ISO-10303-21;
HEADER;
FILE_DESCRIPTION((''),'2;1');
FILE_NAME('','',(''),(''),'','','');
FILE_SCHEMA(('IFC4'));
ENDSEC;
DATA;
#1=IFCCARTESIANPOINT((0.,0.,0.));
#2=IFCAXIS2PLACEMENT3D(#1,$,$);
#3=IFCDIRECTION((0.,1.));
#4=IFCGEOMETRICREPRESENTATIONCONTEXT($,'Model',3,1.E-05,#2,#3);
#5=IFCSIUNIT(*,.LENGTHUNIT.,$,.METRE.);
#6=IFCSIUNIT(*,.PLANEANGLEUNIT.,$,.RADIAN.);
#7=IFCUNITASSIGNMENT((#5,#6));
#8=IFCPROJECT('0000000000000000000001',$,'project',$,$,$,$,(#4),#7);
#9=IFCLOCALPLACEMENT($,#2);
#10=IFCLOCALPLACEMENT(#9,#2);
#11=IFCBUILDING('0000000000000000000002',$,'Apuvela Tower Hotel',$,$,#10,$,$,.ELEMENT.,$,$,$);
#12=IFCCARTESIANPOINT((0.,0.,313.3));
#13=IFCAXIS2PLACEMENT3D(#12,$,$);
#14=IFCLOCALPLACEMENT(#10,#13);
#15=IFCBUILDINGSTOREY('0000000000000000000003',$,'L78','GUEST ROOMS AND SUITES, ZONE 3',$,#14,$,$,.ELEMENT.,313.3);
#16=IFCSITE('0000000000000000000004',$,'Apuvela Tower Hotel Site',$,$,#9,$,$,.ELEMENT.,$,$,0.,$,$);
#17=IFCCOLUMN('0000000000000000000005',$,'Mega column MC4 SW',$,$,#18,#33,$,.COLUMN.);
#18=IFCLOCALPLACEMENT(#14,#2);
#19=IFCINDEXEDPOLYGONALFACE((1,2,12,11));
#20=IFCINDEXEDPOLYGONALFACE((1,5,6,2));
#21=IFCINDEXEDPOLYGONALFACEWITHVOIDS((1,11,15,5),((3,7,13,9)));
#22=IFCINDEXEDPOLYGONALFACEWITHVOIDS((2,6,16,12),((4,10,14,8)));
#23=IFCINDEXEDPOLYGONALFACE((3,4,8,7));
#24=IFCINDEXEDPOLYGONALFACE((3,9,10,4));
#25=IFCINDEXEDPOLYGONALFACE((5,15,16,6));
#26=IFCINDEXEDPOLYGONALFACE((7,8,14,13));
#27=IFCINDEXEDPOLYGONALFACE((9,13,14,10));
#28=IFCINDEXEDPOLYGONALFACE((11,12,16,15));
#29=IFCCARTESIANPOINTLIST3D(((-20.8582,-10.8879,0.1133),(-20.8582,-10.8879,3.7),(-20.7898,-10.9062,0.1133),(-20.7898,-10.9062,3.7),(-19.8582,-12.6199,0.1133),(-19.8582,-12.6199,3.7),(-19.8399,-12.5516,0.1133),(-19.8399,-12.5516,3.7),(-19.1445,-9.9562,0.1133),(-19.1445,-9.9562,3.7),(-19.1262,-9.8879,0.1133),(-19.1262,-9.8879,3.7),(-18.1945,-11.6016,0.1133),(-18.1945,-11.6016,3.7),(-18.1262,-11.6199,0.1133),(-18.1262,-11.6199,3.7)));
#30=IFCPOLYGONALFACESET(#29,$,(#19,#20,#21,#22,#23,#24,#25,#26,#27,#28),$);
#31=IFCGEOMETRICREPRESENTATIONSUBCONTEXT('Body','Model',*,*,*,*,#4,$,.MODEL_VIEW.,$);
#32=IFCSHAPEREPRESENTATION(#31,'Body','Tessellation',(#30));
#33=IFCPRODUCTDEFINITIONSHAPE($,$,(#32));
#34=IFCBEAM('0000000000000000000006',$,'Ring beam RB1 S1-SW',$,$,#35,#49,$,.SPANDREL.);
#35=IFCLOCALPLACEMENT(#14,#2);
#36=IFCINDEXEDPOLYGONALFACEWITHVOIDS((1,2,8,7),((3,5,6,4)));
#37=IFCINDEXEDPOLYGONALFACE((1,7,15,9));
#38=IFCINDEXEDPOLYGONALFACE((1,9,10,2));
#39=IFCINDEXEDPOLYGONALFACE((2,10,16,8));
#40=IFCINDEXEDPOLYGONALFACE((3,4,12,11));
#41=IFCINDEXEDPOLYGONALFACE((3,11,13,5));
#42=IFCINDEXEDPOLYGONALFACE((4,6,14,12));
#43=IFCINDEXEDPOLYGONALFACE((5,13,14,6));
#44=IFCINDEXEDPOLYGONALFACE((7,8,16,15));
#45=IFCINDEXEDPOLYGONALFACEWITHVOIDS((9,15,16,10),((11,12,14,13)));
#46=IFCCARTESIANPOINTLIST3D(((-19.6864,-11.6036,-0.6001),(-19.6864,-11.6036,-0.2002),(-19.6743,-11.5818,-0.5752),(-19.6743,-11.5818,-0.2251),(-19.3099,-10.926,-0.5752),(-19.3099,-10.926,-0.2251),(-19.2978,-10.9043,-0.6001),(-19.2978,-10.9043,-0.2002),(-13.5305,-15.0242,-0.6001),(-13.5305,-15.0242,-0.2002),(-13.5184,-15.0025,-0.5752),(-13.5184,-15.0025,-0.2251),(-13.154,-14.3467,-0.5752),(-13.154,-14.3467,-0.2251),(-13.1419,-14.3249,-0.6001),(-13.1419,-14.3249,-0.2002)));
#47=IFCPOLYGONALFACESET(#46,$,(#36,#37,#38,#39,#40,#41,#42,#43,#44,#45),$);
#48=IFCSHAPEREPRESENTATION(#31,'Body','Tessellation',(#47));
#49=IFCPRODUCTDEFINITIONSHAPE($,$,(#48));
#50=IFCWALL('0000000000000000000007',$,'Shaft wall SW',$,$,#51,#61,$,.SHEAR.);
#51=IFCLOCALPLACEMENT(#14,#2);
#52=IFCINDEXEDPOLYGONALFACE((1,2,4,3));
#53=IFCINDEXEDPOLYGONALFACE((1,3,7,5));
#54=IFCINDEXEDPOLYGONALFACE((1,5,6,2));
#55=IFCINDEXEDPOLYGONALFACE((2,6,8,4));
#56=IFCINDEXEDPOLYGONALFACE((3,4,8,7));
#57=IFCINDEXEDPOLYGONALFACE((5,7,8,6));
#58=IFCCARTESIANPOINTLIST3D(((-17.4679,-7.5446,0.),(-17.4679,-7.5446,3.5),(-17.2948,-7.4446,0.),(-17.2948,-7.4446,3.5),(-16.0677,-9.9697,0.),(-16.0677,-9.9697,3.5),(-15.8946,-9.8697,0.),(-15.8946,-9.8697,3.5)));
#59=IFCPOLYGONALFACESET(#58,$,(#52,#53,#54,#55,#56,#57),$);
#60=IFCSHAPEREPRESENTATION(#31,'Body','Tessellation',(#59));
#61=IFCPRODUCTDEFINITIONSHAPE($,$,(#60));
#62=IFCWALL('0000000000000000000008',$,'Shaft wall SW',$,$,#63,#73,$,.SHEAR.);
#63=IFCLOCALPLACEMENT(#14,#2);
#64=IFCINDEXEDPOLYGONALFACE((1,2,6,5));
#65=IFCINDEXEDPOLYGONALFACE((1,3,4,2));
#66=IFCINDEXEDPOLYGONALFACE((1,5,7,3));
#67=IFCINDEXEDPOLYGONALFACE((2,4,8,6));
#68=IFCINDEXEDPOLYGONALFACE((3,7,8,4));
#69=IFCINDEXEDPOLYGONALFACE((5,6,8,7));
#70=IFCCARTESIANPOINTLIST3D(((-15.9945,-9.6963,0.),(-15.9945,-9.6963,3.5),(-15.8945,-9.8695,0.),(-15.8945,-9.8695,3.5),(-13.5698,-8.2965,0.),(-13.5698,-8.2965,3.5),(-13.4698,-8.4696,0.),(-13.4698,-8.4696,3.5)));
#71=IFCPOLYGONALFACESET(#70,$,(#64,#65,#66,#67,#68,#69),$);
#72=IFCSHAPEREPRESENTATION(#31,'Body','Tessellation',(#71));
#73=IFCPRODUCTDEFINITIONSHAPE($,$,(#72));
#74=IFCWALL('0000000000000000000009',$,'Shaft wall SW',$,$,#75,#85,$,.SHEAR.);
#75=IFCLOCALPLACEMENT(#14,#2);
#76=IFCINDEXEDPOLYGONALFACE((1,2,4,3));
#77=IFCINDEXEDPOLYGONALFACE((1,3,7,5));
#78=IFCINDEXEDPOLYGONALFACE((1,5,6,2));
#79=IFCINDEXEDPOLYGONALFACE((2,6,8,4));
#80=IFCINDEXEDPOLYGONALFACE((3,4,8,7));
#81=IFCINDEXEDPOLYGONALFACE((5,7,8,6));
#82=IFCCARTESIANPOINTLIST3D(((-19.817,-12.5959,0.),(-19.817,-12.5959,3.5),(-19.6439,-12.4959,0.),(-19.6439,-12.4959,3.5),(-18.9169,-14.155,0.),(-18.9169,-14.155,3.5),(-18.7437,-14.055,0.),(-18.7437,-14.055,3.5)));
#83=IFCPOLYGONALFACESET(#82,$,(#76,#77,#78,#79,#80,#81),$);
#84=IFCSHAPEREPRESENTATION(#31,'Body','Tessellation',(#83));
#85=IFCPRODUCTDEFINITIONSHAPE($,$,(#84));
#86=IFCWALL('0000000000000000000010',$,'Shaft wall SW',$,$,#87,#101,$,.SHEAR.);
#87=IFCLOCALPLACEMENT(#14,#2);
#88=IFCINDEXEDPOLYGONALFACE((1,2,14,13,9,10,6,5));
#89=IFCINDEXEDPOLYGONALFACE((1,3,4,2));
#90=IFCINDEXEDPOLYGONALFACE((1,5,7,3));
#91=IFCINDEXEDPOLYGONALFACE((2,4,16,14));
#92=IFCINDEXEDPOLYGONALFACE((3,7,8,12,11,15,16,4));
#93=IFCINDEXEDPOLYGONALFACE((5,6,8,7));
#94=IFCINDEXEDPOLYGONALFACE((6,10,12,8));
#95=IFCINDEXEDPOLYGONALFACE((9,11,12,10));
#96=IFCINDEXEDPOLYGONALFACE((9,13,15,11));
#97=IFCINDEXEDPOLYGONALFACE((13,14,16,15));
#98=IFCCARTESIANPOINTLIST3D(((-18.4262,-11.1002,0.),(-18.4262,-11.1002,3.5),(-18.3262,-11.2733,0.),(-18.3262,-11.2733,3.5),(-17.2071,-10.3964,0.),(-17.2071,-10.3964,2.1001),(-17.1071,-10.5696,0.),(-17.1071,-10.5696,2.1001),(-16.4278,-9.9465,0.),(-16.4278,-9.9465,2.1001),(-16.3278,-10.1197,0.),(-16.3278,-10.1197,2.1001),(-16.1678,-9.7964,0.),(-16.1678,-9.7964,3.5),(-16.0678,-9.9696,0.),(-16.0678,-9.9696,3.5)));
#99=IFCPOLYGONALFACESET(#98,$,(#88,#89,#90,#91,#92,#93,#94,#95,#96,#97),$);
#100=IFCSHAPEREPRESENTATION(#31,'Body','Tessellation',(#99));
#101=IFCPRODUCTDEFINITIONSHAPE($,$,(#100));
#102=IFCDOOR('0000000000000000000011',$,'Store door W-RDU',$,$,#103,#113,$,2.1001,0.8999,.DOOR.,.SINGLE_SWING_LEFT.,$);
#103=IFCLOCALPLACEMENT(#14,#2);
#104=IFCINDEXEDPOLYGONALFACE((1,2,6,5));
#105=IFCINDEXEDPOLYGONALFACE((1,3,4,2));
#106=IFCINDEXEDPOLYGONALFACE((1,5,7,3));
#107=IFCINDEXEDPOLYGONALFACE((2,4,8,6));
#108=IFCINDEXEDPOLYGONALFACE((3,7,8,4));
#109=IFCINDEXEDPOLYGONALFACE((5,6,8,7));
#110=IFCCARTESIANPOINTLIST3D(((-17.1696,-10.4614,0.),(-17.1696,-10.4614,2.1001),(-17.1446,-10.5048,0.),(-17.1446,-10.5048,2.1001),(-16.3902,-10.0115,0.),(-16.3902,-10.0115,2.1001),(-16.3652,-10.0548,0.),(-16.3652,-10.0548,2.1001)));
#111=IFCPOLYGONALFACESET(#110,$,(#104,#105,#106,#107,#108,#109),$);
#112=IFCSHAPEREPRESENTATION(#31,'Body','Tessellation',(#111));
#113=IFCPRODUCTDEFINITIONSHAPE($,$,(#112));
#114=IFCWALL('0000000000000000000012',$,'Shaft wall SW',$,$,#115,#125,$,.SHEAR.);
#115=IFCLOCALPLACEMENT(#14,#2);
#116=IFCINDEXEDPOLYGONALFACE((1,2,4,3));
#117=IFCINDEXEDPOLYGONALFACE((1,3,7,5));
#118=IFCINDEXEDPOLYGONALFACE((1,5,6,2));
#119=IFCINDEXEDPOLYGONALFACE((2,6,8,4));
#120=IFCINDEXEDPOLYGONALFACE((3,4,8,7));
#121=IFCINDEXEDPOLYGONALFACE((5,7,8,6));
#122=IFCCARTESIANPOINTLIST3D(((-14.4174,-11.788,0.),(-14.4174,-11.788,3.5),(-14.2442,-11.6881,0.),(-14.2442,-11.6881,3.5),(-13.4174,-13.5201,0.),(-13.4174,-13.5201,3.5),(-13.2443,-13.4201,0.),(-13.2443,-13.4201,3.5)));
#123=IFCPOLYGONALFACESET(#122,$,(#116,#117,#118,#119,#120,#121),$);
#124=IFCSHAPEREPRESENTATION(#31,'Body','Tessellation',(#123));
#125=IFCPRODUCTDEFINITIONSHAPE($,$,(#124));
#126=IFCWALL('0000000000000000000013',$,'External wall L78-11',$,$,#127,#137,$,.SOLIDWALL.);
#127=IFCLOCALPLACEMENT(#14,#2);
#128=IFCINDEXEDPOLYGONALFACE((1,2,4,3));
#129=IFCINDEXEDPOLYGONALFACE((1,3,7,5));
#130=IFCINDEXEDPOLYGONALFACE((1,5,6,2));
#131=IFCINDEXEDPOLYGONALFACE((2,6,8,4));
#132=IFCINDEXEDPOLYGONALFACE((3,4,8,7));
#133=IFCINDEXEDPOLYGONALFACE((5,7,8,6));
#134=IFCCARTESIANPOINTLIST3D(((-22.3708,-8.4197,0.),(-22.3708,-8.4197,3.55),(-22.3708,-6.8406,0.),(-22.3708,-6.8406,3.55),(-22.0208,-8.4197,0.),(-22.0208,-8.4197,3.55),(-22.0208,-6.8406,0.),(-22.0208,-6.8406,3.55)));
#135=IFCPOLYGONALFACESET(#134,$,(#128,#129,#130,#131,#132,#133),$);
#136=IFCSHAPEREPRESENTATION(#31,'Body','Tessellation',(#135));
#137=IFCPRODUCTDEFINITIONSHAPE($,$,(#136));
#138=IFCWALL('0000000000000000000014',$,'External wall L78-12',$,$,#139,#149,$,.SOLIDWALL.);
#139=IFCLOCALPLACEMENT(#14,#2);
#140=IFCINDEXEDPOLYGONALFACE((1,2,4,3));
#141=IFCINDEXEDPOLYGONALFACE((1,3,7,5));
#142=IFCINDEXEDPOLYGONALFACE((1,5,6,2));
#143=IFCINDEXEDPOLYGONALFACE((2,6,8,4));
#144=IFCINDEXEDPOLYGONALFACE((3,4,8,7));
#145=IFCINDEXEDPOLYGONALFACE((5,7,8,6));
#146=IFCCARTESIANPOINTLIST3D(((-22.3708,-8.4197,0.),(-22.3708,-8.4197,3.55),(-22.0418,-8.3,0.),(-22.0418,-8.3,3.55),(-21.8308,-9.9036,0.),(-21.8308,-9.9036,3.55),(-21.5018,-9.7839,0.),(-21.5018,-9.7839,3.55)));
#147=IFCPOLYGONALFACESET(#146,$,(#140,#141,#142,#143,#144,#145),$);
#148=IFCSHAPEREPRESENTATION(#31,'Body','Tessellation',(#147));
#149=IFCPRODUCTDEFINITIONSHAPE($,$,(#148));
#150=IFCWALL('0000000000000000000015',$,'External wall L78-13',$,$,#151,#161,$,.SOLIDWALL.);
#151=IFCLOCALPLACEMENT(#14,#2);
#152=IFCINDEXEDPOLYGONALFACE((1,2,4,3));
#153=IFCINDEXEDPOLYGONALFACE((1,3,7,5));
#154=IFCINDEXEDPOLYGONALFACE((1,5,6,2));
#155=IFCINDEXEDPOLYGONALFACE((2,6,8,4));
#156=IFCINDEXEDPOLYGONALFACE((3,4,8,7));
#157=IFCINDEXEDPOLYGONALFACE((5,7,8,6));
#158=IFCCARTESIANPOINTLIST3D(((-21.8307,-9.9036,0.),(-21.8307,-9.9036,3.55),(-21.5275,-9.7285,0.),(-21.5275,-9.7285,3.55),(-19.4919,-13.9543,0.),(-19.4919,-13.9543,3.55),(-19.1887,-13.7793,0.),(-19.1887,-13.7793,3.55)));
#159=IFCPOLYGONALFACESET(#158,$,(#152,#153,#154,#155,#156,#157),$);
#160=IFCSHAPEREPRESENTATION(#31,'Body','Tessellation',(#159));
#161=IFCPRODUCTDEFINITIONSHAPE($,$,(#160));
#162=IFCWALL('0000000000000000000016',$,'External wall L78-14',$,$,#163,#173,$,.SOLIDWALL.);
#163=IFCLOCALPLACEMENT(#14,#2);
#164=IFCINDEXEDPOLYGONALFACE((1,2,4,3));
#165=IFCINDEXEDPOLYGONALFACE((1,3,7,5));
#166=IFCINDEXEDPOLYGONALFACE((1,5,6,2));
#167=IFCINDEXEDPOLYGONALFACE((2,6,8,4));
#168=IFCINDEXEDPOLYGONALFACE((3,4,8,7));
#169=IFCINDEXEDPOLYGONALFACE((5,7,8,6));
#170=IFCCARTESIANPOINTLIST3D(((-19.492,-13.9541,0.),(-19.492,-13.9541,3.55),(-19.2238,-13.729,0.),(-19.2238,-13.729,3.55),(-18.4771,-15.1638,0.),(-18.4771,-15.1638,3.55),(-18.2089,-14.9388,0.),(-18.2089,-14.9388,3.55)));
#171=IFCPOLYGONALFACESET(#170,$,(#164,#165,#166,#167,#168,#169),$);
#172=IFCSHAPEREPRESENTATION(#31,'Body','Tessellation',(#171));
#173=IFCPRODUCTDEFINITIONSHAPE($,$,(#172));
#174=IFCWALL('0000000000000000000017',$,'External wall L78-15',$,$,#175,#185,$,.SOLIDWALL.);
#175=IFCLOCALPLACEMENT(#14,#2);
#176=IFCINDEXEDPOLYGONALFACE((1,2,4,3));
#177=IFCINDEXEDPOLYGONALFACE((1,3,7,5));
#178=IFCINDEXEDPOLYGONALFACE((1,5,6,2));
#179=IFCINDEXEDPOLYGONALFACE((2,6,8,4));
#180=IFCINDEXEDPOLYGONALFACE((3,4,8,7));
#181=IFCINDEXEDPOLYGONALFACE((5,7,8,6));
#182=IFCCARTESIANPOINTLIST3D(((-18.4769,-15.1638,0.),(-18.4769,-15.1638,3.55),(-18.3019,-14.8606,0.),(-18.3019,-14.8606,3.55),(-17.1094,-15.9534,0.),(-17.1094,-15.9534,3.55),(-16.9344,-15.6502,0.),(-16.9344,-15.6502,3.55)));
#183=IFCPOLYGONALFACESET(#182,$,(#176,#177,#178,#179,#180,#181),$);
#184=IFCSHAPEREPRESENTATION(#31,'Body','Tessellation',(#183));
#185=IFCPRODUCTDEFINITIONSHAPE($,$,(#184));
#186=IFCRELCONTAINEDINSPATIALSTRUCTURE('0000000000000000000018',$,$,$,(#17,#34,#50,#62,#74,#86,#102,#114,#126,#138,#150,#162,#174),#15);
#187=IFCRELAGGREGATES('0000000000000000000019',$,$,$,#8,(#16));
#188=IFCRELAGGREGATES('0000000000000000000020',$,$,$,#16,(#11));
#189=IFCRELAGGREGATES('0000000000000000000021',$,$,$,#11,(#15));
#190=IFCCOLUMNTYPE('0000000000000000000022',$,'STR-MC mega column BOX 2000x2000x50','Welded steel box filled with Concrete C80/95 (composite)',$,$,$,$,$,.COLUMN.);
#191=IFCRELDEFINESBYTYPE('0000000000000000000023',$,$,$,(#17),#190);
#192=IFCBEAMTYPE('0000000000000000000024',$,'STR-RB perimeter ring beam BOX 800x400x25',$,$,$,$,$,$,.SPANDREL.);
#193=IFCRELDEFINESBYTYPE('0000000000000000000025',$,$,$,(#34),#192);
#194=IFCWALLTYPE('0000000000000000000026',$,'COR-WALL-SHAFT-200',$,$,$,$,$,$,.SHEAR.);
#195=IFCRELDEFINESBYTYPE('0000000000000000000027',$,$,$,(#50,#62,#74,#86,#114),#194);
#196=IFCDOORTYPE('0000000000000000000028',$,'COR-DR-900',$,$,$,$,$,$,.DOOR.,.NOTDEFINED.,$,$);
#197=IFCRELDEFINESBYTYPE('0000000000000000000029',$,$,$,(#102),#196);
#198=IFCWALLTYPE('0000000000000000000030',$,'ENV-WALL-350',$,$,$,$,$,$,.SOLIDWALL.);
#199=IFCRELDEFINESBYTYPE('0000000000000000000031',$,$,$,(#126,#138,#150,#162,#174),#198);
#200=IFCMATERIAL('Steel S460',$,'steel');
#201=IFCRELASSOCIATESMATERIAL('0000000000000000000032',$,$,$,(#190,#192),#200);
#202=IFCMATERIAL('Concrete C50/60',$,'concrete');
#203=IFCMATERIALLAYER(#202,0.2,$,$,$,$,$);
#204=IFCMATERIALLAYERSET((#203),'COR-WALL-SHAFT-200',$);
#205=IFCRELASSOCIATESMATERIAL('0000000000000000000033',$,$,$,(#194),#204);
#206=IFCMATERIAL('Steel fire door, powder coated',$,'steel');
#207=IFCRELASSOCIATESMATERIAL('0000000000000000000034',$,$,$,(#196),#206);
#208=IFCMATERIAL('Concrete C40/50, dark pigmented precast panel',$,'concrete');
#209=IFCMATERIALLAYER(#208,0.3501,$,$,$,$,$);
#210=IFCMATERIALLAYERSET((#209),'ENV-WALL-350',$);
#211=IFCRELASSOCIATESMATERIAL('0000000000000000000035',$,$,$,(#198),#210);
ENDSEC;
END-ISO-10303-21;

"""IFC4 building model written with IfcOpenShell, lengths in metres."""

from ifc_helpers import new_model, si_unit, direction, frame, frame_2d, origin, origin_2d, place, context, subcontext, project, spatial, rectangle, hollow_rectangle, extrude, boolean, halfspace, material, layer, layer_set, material_profile, profile_set, type_object, element, fill, save


model = new_model("IFC4")

# Units and contexts
model_context = context("Model", 3, precision=1e-05, world=origin(), true_north=direction((0.0, 1.0)))
body_context = subcontext(model_context, "Body", "Model", "MODEL_VIEW")
ifc_project = project(units=[si_unit("LENGTHUNIT", "METRE"), si_unit("PLANEANGLEUNIT", "RADIAN")], contexts=[model_context])

# Site, building, storey
site_placement = place(None, origin())
site = spatial("IfcSite", under=ifc_project, at=site_placement, Name="Apuvela Tower Hotel Site", CompositionType="ELEMENT", RefElevation=0.0)
building_placement = place(site_placement, origin())
building = spatial("IfcBuilding", under=site, at=building_placement, Name="Apuvela Tower Hotel", CompositionType="ELEMENT")
storey_placement = place(building_placement, frame((0.0, 0.0, 313.3)))
storey = spatial("IfcBuildingStorey", under=building, at=storey_placement, Name="L78", Description="GUEST ROOMS AND SUITES, ZONE 3", CompositionType="ELEMENT", Elevation=313.3)

# Column
ifc_material_1 = material(Name="Steel S460", Category="steel")
ifc_material_profile_1 = material_profile(ifc_material_1, hollow_rectangle(XDim=2.0, YDim=2.0, WallThickness=0.05, at=origin_2d()), Name="BOX 2000x2000x50")
ifc_material_2 = material(Name="Concrete C80/95", Category="concrete")
ifc_material_profile_2 = material_profile(ifc_material_2, rectangle(XDim=1.8999, YDim=1.8999, at=origin_2d()), Name="Concrete C80/95 infill")
ifc_profile_set_1 = profile_set([ifc_material_profile_1, ifc_material_profile_2], Name="Steel S460")
column_type = type_object("IfcColumnType", Name="STR-MC mega column BOX 2000x2000x50", Description="Welded steel box filled with Concrete C80/95 (composite)", PredefinedType="COLUMN", material=ifc_profile_set_1)
column_placement = place(storey_placement, frame((-19.4922, -11.2539, 0.0), z_axis=(0.0, 0.0, 1.0), x_axis=(-0.5, 0.866025, 0.0)))
element("IfcColumn", 1, at=column_placement, inside=storey, type_object=column_type, Name="Mega column MC4 SW", PredefinedType="COLUMN", context=body_context, shape_type="SweptSolid", body=[
    boolean("DIFFERENCE", extrude(hollow_rectangle(XDim=2.0, YDim=2.0, WallThickness=0.05, at=origin_2d()), origin(), (0.0, 0.0, 1.0), 3.7), halfspace(frame((0.0, 0.0, 0.1133), z_axis=(0.0, 0.0, 1.0), x_axis=(1.0, 0.0, 0.0)), True)),
])

# Beam
ifc_material_profile_3 = material_profile(ifc_material_1, hollow_rectangle(XDim=0.8, YDim=0.3999, WallThickness=0.0249, at=origin_2d()), Name="BOX 800x400x25")
ifc_profile_set_2 = profile_set([ifc_material_profile_3], Name="Steel S460")
beam_type = type_object("IfcBeamType", Name="STR-RB perimeter ring beam BOX 800x400x25", PredefinedType="SPANDREL", material=ifc_profile_set_2)
beam_placement = place(storey_placement, frame((-13.3362, -14.6746, -0.4001), z_axis=(-0.874118, 0.485714, 0.0), x_axis=(-0.485714, -0.874118, 0.0)))
element("IfcBeam", 2, at=beam_placement, inside=storey, type_object=beam_type, Name="Ring beam RB1 S1-SW", PredefinedType="SPANDREL", context=body_context, shape_type="SweptSolid", body=[
    extrude(hollow_rectangle(XDim=0.8, YDim=0.3999, WallThickness=0.0249, at=origin_2d()), origin(), (0.0, 0.0, 1.0), 7.0425),
])

# Walls
ifc_material_3 = material(Name="Concrete C50/60", Category="concrete")
ifc_layer_1 = layer(ifc_material_3, 0.2)
ifc_layer_set_1 = layer_set([ifc_layer_1], Name="COR-WALL-SHAFT-200")
wall_type_1 = type_object("IfcWallType", Name="COR-WALL-SHAFT-200", PredefinedType="SHEAR", material=ifc_layer_set_1)
wall_1_placement = place(storey_placement, frame((-17.3813, -7.4946, 0.0), z_axis=(0.0, 0.0, 1.0), x_axis=(0.500012, -0.866019, 0.0)))
element("IfcWall", 3, at=wall_1_placement, inside=storey, type_object=wall_type_1, Name="Shaft wall SW", PredefinedType="SHEAR", context=body_context, shape_type="SweptSolid", body=[
    extrude(rectangle(XDim=2.8003, YDim=0.2, at=frame_2d((1.4001, 0.0))), origin(), (0.0, 0.0, 1.0), 3.5),
])
wall_2_placement = place(storey_placement, frame((-13.5198, -8.3831, 0.0), z_axis=(0.0, 0.0, 1.0), x_axis=(-0.866035, -0.499984, 0.0)))
element("IfcWall", 4, at=wall_2_placement, inside=storey, type_object=wall_type_1, Name="Shaft wall SW", PredefinedType="SHEAR", context=body_context, shape_type="SweptSolid", body=[
    extrude(rectangle(XDim=2.7998, YDim=0.2, at=frame_2d((1.3999, 0.0))), origin(), (0.0, 0.0, 1.0), 3.5),
])
wall_3_placement = place(storey_placement, frame((-19.7305, -12.5459, 0.0), z_axis=(0.0, 0.0, 1.0), x_axis=(0.500004, -0.866023, 0.0)))
element("IfcWall", 5, at=wall_3_placement, inside=storey, type_object=wall_type_1, Name="Shaft wall SW", PredefinedType="SHEAR", context=body_context, shape_type="SweptSolid", body=[
    extrude(rectangle(XDim=1.8003, YDim=0.2, at=frame_2d((0.9001, 0.0))), origin(), (0.0, 0.0, 1.0), 3.5),
])

# Wall, opening, door
wall_4_placement = place(storey_placement, frame((-16.1179, -9.8831, 0.0), z_axis=(0.0, 0.0, 1.0), x_axis=(-0.866045, -0.499966, 0.0)))
wall_4 = element("IfcWall", 6, at=wall_4_placement, inside=storey, type_object=wall_type_1, Name="Shaft wall SW", PredefinedType="SHEAR", context=body_context, shape_type="SweptSolid", body=[
    extrude(rectangle(XDim=2.6077, YDim=0.2, at=frame_2d((1.3037, 0.0))), origin(), (0.0, 0.0, 1.0), 3.5),
])
opening_1_placement = place(wall_4_placement, frame((0.3, 0.0, 0.0)))
opening_1 = element("IfcOpeningElement", 7, at=opening_1_placement, cuts=wall_4, PredefinedType="OPENING", context=body_context, shape_type="SweptSolid", body=[
    extrude(rectangle(XDim=0.8999, YDim=2.1001, at=frame_2d((0.45, 1.05))), frame((0.0, 0.1099, 0.0), z_axis=(0.0, -1.0, 0.0), x_axis=(1.0, 0.0, 0.0)), (0.0, 0.0, 1.0), 0.22),
])
ifc_material_4 = material(Name="Steel fire door, powder coated", Category="steel")
door_type_1 = type_object("IfcDoorType", Name="COR-DR-900", OperationType="NOTDEFINED", PredefinedType="DOOR", material=ifc_material_4)
door_1_placement = place(opening_1_placement, frame((0.8999, 0.0, 0.0), z_axis=(0.0, 0.0, 1.0), x_axis=(-1.0, 0.0, 0.0)))
door_1 = element("IfcDoor", 8, at=door_1_placement, inside=storey, type_object=door_type_1, Name="Store door W-RDU", OperationType="SINGLE_SWING_LEFT", OverallHeight=2.1001, OverallWidth=0.8999, PredefinedType="DOOR", context=body_context, shape_type="SweptSolid", body=[
    extrude(rectangle(XDim=0.8999, YDim=2.1001, at=frame_2d((0.45, 1.05))), frame((0.0, 0.0249, 0.0), z_axis=(0.0, -1.0, 0.0), x_axis=(1.0, 0.0, 0.0)), (0.0, 0.0, 1.0), 0.05),
])
fill(opening_1, door_1)

# Walls
wall_5_placement = place(storey_placement, frame((-14.3308, -11.738, 0.0), z_axis=(0.0, 0.0, 1.0), x_axis=(0.499973, -0.866041, 0.0)))
element("IfcWall", 9, at=wall_5_placement, inside=storey, type_object=wall_type_1, Name="Shaft wall SW", PredefinedType="SHEAR", context=body_context, shape_type="SweptSolid", body=[
    extrude(rectangle(XDim=2.0, YDim=0.2, at=frame_2d((1.0, 0.0))), origin(), (0.0, 0.0, 1.0), 3.5),
])
ifc_material_5 = material(Name="Concrete C40/50, dark pigmented precast panel", Category="concrete")
ifc_layer_2 = layer(ifc_material_5, 0.3501)
ifc_layer_set_2 = layer_set([ifc_layer_2], Name="ENV-WALL-350")
wall_type_2 = type_object("IfcWallType", Name="ENV-WALL-350", PredefinedType="SOLIDWALL", material=ifc_layer_set_2)
for number, where, z_axis, x_axis, name in (
    (10, (-22.1958, -6.8406, 0.0), (0.0, 0.0, 1.0), (0.0, -1.0, 0.0), "External wall L78-11"),
    (11, (-22.2063, -8.3599, 0.0), (0.0, 0.0, 1.0), (0.341991, -0.939703, 0.0), "External wall L78-12"),
):
    element("IfcWall", number, at=place(storey_placement, frame(where, z_axis=z_axis, x_axis=x_axis)), inside=storey, type_object=wall_type_2, Name=name, PredefinedType="SOLIDWALL", context=body_context, shape_type="SweptSolid", body=[
        extrude(rectangle(XDim=1.5791, YDim=0.3501, at=frame_2d((0.7896, 0.0))), origin(), (0.0, 0.0, 1.0), 3.55),
    ])
wall_6_placement = place(storey_placement, frame((-21.6792, -9.8159, 0.0), z_axis=(0.0, 0.0, 1.0), x_axis=(0.500024, -0.866012, 0.0)))
element("IfcWall", 12, at=wall_6_placement, inside=storey, type_object=wall_type_2, Name="External wall L78-13", PredefinedType="SOLIDWALL", context=body_context, shape_type="SweptSolid", body=[
    extrude(rectangle(XDim=4.6775, YDim=0.3501, at=frame_2d((2.3389, 0.0))), origin(), (0.0, 0.0, 1.0), 3.55),
])
for number, where, z_axis, x_axis, name in (
    (13, (-19.3579, -13.8416, 0.0), (0.0, 0.0, 1.0), (0.642721, -0.766101, 0.0), "External wall L78-14"),
    (14, (-18.3894, -15.0122, 0.0), (0.0, 0.0, 1.0), (0.866008, -0.50003, 0.0), "External wall L78-15"),
):
    element("IfcWall", number, at=place(storey_placement, frame(where, z_axis=z_axis, x_axis=x_axis)), inside=storey, type_object=wall_type_2, Name=name, PredefinedType="SOLIDWALL", context=body_context, shape_type="SweptSolid", body=[
        extrude(rectangle(XDim=1.5791, YDim=0.3501, at=frame_2d((0.7896, 0.0))), origin(), (0.0, 0.0, 1.0), 3.55),
    ])

save(model, "model.ifc")
